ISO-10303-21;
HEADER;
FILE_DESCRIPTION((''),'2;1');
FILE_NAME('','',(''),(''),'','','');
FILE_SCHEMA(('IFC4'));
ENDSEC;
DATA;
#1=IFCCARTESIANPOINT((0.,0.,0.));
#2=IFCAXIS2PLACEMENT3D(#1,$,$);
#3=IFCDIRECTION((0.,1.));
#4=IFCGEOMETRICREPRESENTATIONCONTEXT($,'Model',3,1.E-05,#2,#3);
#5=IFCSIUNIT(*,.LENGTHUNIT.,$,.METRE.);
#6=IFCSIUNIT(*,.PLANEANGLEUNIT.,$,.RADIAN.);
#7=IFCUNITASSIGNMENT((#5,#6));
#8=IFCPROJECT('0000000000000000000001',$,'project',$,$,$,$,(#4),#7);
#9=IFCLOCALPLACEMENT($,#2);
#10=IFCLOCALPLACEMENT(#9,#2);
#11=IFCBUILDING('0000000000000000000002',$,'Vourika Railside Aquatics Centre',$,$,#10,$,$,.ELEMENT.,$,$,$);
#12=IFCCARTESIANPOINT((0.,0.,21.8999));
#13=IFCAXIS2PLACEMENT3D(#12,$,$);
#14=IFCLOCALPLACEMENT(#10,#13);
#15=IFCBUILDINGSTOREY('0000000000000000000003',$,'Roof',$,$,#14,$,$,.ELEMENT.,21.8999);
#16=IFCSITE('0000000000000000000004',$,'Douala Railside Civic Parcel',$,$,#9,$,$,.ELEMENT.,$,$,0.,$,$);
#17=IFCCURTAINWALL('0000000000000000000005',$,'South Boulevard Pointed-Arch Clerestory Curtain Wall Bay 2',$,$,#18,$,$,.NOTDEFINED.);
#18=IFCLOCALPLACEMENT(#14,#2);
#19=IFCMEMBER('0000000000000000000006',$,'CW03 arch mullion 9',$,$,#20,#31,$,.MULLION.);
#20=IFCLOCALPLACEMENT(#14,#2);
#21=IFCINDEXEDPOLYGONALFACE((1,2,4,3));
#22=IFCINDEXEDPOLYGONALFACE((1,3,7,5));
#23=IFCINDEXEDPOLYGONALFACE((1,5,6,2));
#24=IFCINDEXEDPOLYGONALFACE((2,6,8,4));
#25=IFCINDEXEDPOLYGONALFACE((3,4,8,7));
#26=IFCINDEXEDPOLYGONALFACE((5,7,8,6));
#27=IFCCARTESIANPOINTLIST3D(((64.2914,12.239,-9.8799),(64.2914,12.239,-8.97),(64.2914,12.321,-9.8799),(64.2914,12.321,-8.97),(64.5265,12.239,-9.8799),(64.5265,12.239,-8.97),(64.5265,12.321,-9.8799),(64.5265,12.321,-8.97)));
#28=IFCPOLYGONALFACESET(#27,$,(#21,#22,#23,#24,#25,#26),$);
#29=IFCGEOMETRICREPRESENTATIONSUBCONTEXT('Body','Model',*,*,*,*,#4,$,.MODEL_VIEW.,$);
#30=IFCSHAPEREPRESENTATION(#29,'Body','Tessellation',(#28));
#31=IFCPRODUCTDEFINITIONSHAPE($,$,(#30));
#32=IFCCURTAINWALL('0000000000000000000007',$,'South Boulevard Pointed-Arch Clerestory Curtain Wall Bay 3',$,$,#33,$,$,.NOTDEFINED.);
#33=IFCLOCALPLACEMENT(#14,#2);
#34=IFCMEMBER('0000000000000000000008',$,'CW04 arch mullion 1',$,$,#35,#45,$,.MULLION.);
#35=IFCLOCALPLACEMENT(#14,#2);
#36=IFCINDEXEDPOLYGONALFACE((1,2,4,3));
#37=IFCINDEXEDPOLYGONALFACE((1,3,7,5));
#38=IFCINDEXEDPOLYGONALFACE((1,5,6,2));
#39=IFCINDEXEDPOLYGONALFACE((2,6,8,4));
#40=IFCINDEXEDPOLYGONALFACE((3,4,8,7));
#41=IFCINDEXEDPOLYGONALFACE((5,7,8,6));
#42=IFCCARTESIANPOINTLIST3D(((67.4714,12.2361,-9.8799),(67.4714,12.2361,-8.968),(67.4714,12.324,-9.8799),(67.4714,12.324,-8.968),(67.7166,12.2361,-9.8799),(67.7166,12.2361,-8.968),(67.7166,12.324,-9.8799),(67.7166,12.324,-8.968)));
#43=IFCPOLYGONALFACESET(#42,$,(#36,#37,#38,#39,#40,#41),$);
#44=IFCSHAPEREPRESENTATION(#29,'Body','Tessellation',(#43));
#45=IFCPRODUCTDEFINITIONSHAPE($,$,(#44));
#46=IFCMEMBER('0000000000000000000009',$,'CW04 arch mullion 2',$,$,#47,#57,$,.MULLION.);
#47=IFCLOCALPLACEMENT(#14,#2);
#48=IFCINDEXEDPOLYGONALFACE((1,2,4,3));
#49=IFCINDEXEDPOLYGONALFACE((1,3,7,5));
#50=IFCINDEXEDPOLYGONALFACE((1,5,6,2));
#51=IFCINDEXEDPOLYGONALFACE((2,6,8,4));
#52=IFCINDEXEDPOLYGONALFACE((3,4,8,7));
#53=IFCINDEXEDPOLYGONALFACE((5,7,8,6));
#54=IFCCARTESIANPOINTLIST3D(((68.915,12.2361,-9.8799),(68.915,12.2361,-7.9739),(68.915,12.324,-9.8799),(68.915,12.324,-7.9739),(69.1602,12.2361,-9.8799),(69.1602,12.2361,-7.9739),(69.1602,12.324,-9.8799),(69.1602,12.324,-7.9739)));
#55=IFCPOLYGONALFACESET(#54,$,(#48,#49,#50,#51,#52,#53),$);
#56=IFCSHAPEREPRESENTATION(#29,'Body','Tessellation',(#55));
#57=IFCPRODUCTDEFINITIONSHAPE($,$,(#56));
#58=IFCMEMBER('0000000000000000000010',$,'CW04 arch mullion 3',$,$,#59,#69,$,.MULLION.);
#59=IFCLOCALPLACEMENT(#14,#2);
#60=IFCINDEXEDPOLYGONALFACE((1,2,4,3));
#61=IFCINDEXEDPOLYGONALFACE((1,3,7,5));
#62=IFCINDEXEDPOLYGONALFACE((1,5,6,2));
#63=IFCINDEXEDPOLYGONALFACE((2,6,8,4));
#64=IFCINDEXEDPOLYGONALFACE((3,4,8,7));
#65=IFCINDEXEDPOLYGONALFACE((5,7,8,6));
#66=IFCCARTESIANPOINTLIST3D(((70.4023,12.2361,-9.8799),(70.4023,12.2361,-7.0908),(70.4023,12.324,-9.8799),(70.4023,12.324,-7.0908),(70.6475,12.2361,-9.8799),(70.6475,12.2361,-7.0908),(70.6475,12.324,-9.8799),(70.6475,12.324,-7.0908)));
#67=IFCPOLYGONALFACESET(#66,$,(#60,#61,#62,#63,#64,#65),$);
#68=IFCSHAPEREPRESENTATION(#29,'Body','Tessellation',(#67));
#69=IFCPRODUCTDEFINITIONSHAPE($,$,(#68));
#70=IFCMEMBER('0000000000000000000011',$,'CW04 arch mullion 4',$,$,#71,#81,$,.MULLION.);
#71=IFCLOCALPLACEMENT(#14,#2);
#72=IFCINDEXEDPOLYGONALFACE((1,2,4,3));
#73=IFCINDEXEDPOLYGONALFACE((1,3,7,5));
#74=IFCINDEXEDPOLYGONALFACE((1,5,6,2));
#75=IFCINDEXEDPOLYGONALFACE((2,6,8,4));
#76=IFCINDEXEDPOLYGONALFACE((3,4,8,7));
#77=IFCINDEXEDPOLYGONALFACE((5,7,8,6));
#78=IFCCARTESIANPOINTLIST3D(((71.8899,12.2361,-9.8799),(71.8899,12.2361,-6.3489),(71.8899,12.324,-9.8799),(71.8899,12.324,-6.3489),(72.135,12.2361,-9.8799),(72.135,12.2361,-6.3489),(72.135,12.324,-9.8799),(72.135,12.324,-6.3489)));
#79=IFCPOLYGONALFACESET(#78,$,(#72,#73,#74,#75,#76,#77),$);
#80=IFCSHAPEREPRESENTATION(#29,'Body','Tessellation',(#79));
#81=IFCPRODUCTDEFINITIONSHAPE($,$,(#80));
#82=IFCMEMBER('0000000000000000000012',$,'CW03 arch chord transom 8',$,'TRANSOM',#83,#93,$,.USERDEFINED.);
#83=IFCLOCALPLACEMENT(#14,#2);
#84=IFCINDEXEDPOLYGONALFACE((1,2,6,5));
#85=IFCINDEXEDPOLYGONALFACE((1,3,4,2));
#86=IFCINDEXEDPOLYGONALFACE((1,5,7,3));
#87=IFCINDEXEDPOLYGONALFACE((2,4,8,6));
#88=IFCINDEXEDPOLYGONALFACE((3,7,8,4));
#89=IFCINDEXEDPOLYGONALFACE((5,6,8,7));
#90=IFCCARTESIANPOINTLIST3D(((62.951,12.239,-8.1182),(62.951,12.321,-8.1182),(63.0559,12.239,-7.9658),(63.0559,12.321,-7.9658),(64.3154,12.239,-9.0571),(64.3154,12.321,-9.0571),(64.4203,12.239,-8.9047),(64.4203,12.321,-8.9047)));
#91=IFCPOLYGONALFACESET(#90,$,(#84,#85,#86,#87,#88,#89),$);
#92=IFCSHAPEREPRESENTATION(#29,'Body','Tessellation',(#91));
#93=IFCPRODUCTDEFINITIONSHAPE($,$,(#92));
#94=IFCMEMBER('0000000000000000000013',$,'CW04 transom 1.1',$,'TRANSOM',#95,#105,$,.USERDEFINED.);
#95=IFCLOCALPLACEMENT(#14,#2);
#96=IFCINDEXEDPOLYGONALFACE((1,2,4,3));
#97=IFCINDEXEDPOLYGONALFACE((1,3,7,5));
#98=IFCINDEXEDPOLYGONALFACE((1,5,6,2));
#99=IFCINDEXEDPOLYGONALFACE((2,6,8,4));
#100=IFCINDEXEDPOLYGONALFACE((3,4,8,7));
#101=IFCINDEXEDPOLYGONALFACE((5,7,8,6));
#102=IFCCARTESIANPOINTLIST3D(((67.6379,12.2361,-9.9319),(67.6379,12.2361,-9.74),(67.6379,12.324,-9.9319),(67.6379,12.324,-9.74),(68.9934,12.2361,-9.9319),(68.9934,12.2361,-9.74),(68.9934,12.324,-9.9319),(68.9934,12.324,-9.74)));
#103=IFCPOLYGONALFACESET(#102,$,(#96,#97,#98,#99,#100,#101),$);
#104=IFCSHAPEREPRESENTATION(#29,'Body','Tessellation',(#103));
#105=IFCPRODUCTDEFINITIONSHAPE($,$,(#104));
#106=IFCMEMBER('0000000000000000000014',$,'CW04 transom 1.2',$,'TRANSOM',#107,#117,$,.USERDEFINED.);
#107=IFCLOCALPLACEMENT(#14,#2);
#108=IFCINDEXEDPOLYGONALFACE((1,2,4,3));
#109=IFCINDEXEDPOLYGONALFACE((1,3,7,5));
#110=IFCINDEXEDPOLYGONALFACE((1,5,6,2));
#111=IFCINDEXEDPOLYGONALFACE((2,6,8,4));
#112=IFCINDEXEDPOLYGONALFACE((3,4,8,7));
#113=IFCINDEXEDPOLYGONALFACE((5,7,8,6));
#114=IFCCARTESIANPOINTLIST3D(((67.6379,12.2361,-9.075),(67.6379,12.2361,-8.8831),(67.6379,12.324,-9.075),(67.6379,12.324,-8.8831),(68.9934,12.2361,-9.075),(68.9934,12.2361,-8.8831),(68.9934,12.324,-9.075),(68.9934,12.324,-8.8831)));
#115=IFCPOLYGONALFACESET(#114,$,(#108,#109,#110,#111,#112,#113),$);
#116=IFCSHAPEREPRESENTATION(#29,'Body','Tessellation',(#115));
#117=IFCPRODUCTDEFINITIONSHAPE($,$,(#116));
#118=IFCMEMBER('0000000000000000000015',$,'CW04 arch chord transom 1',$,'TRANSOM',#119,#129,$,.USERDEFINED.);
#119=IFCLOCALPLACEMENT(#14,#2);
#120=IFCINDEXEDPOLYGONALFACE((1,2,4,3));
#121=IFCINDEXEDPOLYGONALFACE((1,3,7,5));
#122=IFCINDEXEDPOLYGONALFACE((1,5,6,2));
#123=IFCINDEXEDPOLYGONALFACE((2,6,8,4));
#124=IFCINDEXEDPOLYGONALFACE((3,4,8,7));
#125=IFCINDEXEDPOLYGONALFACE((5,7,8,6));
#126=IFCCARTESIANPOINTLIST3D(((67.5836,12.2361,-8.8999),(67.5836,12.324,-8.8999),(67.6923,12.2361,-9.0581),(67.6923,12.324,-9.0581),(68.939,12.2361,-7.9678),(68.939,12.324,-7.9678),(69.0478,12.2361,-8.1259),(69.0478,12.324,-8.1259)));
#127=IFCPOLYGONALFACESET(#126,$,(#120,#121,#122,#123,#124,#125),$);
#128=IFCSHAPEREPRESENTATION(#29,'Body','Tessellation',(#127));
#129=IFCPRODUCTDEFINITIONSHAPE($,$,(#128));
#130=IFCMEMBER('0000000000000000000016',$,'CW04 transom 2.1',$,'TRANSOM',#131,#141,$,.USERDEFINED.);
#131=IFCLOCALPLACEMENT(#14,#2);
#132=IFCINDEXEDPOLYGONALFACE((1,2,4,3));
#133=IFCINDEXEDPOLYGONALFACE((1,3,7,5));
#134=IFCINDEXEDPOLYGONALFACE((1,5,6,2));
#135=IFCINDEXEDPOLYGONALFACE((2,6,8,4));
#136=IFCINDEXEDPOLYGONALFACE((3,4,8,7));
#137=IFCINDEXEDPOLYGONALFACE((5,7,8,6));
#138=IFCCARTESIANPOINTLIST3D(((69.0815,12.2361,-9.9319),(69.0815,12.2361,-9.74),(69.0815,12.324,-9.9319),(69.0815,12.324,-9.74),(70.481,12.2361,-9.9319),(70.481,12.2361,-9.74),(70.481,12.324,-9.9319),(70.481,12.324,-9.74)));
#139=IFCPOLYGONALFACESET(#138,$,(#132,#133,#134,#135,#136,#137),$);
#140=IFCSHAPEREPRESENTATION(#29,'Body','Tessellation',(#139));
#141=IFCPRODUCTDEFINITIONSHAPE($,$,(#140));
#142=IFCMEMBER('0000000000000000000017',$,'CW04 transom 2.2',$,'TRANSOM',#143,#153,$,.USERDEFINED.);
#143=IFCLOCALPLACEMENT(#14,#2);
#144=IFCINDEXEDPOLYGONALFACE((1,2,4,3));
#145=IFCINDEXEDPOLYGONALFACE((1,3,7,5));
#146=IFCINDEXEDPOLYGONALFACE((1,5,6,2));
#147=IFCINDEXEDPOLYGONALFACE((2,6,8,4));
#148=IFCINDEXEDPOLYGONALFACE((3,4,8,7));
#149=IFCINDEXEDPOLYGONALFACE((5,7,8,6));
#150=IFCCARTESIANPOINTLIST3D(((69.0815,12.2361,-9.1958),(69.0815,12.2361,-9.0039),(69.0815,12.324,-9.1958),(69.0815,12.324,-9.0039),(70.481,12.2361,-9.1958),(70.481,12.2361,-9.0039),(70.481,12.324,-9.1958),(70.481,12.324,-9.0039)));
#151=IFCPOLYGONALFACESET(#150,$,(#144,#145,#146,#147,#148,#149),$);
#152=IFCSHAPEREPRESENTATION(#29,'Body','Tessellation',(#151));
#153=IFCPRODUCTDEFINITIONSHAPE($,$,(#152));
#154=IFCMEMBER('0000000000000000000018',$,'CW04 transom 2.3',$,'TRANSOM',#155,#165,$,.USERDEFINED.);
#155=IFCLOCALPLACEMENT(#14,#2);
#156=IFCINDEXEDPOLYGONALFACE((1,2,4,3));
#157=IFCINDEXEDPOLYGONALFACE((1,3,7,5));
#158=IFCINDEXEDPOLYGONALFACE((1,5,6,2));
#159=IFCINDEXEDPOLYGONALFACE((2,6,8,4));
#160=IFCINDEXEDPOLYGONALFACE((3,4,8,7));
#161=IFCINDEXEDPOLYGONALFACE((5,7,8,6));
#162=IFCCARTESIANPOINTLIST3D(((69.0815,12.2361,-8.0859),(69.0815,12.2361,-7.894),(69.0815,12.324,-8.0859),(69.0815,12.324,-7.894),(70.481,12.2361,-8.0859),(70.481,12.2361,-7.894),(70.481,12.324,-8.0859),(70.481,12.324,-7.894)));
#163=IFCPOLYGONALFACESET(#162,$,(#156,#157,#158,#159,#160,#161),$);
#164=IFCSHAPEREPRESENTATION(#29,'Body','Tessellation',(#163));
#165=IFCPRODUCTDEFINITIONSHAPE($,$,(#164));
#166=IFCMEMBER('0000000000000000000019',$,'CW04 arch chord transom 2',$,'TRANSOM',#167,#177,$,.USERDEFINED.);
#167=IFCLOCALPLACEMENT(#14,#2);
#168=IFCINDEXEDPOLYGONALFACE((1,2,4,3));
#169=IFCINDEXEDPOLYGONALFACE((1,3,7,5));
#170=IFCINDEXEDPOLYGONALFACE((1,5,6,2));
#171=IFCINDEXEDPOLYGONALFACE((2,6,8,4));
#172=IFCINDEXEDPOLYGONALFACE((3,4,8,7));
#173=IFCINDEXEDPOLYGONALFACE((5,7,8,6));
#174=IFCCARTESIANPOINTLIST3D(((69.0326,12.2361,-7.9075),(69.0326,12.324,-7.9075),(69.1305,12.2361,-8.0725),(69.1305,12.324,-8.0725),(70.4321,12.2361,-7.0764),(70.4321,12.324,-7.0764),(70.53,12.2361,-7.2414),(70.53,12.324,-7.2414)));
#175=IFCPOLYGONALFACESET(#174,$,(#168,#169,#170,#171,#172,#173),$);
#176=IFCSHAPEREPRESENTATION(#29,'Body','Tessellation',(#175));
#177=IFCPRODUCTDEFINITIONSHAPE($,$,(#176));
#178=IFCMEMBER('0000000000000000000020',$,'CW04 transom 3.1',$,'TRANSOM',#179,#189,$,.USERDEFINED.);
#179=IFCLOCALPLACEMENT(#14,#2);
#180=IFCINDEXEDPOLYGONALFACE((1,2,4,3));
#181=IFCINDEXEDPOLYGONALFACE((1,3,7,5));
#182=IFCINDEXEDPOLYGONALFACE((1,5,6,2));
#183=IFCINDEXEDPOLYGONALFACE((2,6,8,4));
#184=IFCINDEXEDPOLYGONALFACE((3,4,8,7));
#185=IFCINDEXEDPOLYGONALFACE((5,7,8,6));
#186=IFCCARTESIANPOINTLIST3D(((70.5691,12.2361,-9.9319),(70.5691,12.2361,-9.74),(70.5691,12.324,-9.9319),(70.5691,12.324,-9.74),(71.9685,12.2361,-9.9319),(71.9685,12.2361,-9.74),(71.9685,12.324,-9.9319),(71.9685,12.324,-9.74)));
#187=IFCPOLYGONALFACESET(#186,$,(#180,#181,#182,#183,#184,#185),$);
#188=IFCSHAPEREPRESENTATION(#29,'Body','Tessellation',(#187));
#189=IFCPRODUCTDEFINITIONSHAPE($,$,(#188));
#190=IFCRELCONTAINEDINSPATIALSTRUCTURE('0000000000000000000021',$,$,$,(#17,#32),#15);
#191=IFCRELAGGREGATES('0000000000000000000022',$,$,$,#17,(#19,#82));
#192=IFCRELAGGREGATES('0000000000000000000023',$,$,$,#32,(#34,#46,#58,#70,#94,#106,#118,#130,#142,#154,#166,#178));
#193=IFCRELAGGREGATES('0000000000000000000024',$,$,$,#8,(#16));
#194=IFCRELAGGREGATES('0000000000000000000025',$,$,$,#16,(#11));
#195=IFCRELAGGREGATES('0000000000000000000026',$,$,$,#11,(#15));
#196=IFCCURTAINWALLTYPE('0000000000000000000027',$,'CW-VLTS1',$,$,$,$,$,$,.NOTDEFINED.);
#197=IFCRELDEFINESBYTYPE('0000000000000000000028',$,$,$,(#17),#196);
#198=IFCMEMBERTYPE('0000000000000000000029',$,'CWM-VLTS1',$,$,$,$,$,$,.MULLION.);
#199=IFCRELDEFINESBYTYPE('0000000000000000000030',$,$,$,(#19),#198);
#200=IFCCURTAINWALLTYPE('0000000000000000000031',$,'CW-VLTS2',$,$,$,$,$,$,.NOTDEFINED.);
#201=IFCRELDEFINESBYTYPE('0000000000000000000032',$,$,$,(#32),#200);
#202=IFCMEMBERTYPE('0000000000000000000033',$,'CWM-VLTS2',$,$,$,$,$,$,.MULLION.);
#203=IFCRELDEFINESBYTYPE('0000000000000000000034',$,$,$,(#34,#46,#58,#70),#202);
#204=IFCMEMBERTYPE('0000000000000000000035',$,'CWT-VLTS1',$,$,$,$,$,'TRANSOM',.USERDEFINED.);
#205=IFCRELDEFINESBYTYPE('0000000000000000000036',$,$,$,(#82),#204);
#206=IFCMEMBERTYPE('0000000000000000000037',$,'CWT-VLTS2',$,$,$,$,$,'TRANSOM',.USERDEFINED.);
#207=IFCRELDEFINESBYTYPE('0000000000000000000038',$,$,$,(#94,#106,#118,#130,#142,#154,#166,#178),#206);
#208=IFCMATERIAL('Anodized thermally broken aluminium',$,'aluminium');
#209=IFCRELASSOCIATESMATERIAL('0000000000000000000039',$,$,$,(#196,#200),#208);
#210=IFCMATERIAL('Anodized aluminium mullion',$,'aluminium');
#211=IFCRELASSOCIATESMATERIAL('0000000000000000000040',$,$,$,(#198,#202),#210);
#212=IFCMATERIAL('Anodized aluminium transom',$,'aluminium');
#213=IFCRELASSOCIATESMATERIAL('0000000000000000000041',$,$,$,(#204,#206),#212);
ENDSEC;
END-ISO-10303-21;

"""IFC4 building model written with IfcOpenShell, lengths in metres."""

from ifc_helpers import new_model, si_unit, direction, frame, origin, origin_2d, place, context, subcontext, project, spatial, rectangle, extrude, material, material_profile, profile_set, type_object, element, aggregate, save


model = new_model("IFC4")

# Units and contexts
model_context = context("Model", 3, precision=1e-05, world=origin(), true_north=direction((0.0, 1.0)))
body_context = subcontext(model_context, "Body", "Model", "MODEL_VIEW")
ifc_project = project(units=[si_unit("LENGTHUNIT", "METRE"), si_unit("PLANEANGLEUNIT", "RADIAN")], contexts=[model_context])

# Site, building, storey
site_placement = place(None, origin())
site = spatial("IfcSite", under=ifc_project, at=site_placement, Name="Douala Railside Civic Parcel", CompositionType="ELEMENT", RefElevation=0.0)
building_placement = place(site_placement, origin())
building = spatial("IfcBuilding", under=site, at=building_placement, Name="Vourika Railside Aquatics Centre", CompositionType="ELEMENT")
storey_placement = place(building_placement, frame((0.0, 0.0, 21.8999)))
storey = spatial("IfcBuildingStorey", under=building, at=storey_placement, Name="Roof", CompositionType="ELEMENT", Elevation=21.8999)

# Curtain wall, member
ifc_material_1 = material(Name="Anodized thermally broken aluminium", Category="aluminium")
curtain_wall_type_1 = type_object("IfcCurtainWallType", Name="CW-VLTS1", PredefinedType="NOTDEFINED", material=ifc_material_1)
curtain_wall_1_placement = place(storey_placement, origin())
curtain_wall_1 = element("IfcCurtainWall", 1, at=curtain_wall_1_placement, inside=storey, type_object=curtain_wall_type_1, Name="South Boulevard Pointed-Arch Clerestory Curtain Wall Bay 2", PredefinedType="NOTDEFINED")
ifc_material_2 = material(Name="Anodized aluminium mullion", Category="aluminium")
ifc_material_profile_1 = material_profile(ifc_material_2, rectangle(XDim=0.082, YDim=0.2351, at=origin_2d()), Name="ALU-M 82x235")
ifc_profile_set_1 = profile_set([ifc_material_profile_1], Name="Anodized aluminium mullion")
member_type_1 = type_object("IfcMemberType", Name="CWM-VLTS1", PredefinedType="MULLION", material=ifc_profile_set_1)
member_1_placement = place(storey_placement, frame((64.4089, 12.28, -9.8799), z_axis=(0.0, 0.0, 1.0), x_axis=(0.0, 1.0, 0.0)))
member_1 = element("IfcMember", 2, at=member_1_placement, type_object=member_type_1, Name="CW03 arch mullion 9", PredefinedType="MULLION", context=body_context, shape_type="SweptSolid", body=[
    extrude(rectangle(XDim=0.082, YDim=0.2351, at=origin_2d()), origin(), (0.0, 0.0, 1.0), 0.9099),
])

# Curtain wall, members
curtain_wall_type_2 = type_object("IfcCurtainWallType", Name="CW-VLTS2", PredefinedType="NOTDEFINED", material=ifc_material_1)
curtain_wall_2_placement = place(storey_placement, origin())
curtain_wall_2 = element("IfcCurtainWall", 3, at=curtain_wall_2_placement, inside=storey, type_object=curtain_wall_type_2, Name="South Boulevard Pointed-Arch Clerestory Curtain Wall Bay 3", PredefinedType="NOTDEFINED")
ifc_material_profile_2 = material_profile(ifc_material_2, rectangle(XDim=0.0879, YDim=0.2451, at=origin_2d()), Name="ALU-M 88x245")
ifc_profile_set_2 = profile_set([ifc_material_profile_2], Name="Anodized aluminium mullion")
member_type_2 = type_object("IfcMemberType", Name="CWM-VLTS2", PredefinedType="MULLION", material=ifc_profile_set_2)
member_2_placement = place(storey_placement, frame((67.594, 12.28, -9.8799), z_axis=(0.0, 0.0, 1.0), x_axis=(0.0, 1.0, 0.0)))
member_2 = element("IfcMember", 4, at=member_2_placement, type_object=member_type_2, Name="CW04 arch mullion 1", PredefinedType="MULLION", context=body_context, shape_type="SweptSolid", body=[
    extrude(rectangle(XDim=0.0879, YDim=0.2451, at=origin_2d()), origin(), (0.0, 0.0, 1.0), 0.9119),
])
member_3_placement = place(storey_placement, frame((69.0376, 12.28, -9.8799), z_axis=(0.0, 0.0, 1.0), x_axis=(0.0, 1.0, 0.0)))
member_3 = element("IfcMember", 5, at=member_3_placement, type_object=member_type_2, Name="CW04 arch mullion 2", PredefinedType="MULLION", context=body_context, shape_type="SweptSolid", body=[
    extrude(rectangle(XDim=0.0879, YDim=0.2451, at=origin_2d()), origin(), (0.0, 0.0, 1.0), 1.906),
])
member_4_placement = place(storey_placement, frame((70.5249, 12.28, -9.8799), z_axis=(0.0, 0.0, 1.0), x_axis=(0.0, 1.0, 0.0)))
member_4 = element("IfcMember", 6, at=member_4_placement, type_object=member_type_2, Name="CW04 arch mullion 3", PredefinedType="MULLION", context=body_context, shape_type="SweptSolid", body=[
    extrude(rectangle(XDim=0.0879, YDim=0.2451, at=origin_2d()), origin(), (0.0, 0.0, 1.0), 2.7891),
])
member_5_placement = place(storey_placement, frame((72.0125, 12.28, -9.8799), z_axis=(0.0, 0.0, 1.0), x_axis=(0.0, 1.0, 0.0)))
member_5 = element("IfcMember", 7, at=member_5_placement, type_object=member_type_2, Name="CW04 arch mullion 4", PredefinedType="MULLION", context=body_context, shape_type="SweptSolid", body=[
    extrude(rectangle(XDim=0.0879, YDim=0.2451, at=origin_2d()), origin(), (0.0, 0.0, 1.0), 3.531),
])

# Members
ifc_material_3 = material(Name="Anodized aluminium transom", Category="aluminium")
ifc_material_profile_3 = material_profile(ifc_material_3, rectangle(XDim=0.082, YDim=0.1851, at=origin_2d()), Name="ALU-T 82x185")
ifc_profile_set_3 = profile_set([ifc_material_profile_3], Name="Anodized aluminium transom")
member_type_3 = type_object("IfcMemberType", Name="CWT-VLTS1", ElementType="TRANSOM", PredefinedType="USERDEFINED", material=ifc_profile_set_3)
member_6_placement = place(storey_placement, frame((63.0034, 12.28, -8.042), z_axis=(0.823797, 0.0, -0.566885), x_axis=(0.0, 1.0, 0.0)))
member_6 = element("IfcMember", 8, at=member_6_placement, type_object=member_type_3, Name="CW03 arch chord transom 8", ObjectType="TRANSOM", PredefinedType="USERDEFINED", context=body_context, shape_type="SweptSolid", body=[
    extrude(rectangle(XDim=0.082, YDim=0.1851, at=origin_2d()), origin(), (0.0, 0.0, 1.0), 1.6562),
])
ifc_material_profile_4 = material_profile(ifc_material_3, rectangle(XDim=0.0879, YDim=0.1919, at=origin_2d()), Name="ALU-T 88x192")
ifc_profile_set_4 = profile_set([ifc_material_profile_4], Name="Anodized aluminium transom")
member_type_4 = type_object("IfcMemberType", Name="CWT-VLTS2", ElementType="TRANSOM", PredefinedType="USERDEFINED", material=ifc_profile_set_4)
member_7_placement = place(storey_placement, frame((67.6379, 12.28, -9.8359), z_axis=(1.0, 0.0, 0.0), x_axis=(0.0, 1.0, 0.0)))
member_7 = element("IfcMember", 9, at=member_7_placement, type_object=member_type_4, Name="CW04 transom 1.1", ObjectType="TRANSOM", PredefinedType="USERDEFINED", context=body_context, shape_type="SweptSolid", body=[
    extrude(rectangle(XDim=0.0879, YDim=0.1919, at=origin_2d()), origin(), (0.0, 0.0, 1.0), 1.3555),
])
member_8_placement = place(storey_placement, frame((67.6379, 12.28, -8.979), z_axis=(1.0, 0.0, 0.0), x_axis=(0.0, 1.0, 0.0)))
member_8 = element("IfcMember", 10, at=member_8_placement, type_object=member_type_4, Name="CW04 transom 1.2", ObjectType="TRANSOM", PredefinedType="USERDEFINED", context=body_context, shape_type="SweptSolid", body=[
    extrude(rectangle(XDim=0.0879, YDim=0.1919, at=origin_2d()), origin(), (0.0, 0.0, 1.0), 1.3555),
])
member_9_placement = place(storey_placement, frame((67.6379, 12.28, -8.979), z_axis=(0.823973, 0.0, 0.56663), x_axis=(0.0, 1.0, 0.0)))
member_9 = element("IfcMember", 11, at=member_9_placement, type_object=member_type_4, Name="CW04 arch chord transom 1", ObjectType="TRANSOM", PredefinedType="USERDEFINED", context=body_context, shape_type="SweptSolid", body=[
    extrude(rectangle(XDim=0.0879, YDim=0.1919, at=origin_2d()), origin(), (0.0, 0.0, 1.0), 1.645),
])
member_10_placement = place(storey_placement, frame((69.0815, 12.28, -9.8359), z_axis=(1.0, 0.0, 0.0), x_axis=(0.0, 1.0, 0.0)))
member_10 = element("IfcMember", 12, at=member_10_placement, type_object=member_type_4, Name="CW04 transom 2.1", ObjectType="TRANSOM", PredefinedType="USERDEFINED", context=body_context, shape_type="SweptSolid", body=[
    extrude(rectangle(XDim=0.0879, YDim=0.1919, at=origin_2d()), origin(), (0.0, 0.0, 1.0), 1.3994),
])
member_11_placement = place(storey_placement, frame((69.0815, 12.28, -9.0999), z_axis=(1.0, 0.0, 0.0), x_axis=(0.0, 1.0, 0.0)))
member_11 = element("IfcMember", 13, at=member_11_placement, type_object=member_type_4, Name="CW04 transom 2.2", ObjectType="TRANSOM", PredefinedType="USERDEFINED", context=body_context, shape_type="SweptSolid", body=[
    extrude(rectangle(XDim=0.0879, YDim=0.1919, at=origin_2d()), origin(), (0.0, 0.0, 1.0), 1.3994),
])
member_12_placement = place(storey_placement, frame((69.0815, 12.28, -7.99), z_axis=(1.0, 0.0, 0.0), x_axis=(0.0, 1.0, 0.0)))
member_12 = element("IfcMember", 14, at=member_12_placement, type_object=member_type_4, Name="CW04 transom 2.3", ObjectType="TRANSOM", PredefinedType="USERDEFINED", context=body_context, shape_type="SweptSolid", body=[
    extrude(rectangle(XDim=0.0879, YDim=0.1919, at=origin_2d()), origin(), (0.0, 0.0, 1.0), 1.3994),
])
member_13_placement = place(storey_placement, frame((69.0815, 12.28, -7.99), z_axis=(0.859814, 0.0, 0.510608), x_axis=(0.0, 1.0, 0.0)))
member_13 = element("IfcMember", 15, at=member_13_placement, type_object=member_type_4, Name="CW04 arch chord transom 2", ObjectType="TRANSOM", PredefinedType="USERDEFINED", context=body_context, shape_type="SweptSolid", body=[
    extrude(rectangle(XDim=0.0879, YDim=0.1919, at=origin_2d()), origin(), (0.0, 0.0, 1.0), 1.6277),
])
member_14_placement = place(storey_placement, frame((70.5691, 12.28, -9.8359), z_axis=(1.0, 0.0, 0.0), x_axis=(0.0, 1.0, 0.0)))
member_14 = element("IfcMember", 16, at=member_14_placement, type_object=member_type_4, Name="CW04 transom 3.1", ObjectType="TRANSOM", PredefinedType="USERDEFINED", context=body_context, shape_type="SweptSolid", body=[
    extrude(rectangle(XDim=0.0879, YDim=0.1919, at=origin_2d()), origin(), (0.0, 0.0, 1.0), 1.3994),
])

aggregate(curtain_wall_1, [member_1, member_6])
aggregate(curtain_wall_2, [member_2, member_3, member_4, member_5, member_7, member_8, member_9, member_10, member_11, member_12, member_13, member_14])

save(model, "model.ifc")
